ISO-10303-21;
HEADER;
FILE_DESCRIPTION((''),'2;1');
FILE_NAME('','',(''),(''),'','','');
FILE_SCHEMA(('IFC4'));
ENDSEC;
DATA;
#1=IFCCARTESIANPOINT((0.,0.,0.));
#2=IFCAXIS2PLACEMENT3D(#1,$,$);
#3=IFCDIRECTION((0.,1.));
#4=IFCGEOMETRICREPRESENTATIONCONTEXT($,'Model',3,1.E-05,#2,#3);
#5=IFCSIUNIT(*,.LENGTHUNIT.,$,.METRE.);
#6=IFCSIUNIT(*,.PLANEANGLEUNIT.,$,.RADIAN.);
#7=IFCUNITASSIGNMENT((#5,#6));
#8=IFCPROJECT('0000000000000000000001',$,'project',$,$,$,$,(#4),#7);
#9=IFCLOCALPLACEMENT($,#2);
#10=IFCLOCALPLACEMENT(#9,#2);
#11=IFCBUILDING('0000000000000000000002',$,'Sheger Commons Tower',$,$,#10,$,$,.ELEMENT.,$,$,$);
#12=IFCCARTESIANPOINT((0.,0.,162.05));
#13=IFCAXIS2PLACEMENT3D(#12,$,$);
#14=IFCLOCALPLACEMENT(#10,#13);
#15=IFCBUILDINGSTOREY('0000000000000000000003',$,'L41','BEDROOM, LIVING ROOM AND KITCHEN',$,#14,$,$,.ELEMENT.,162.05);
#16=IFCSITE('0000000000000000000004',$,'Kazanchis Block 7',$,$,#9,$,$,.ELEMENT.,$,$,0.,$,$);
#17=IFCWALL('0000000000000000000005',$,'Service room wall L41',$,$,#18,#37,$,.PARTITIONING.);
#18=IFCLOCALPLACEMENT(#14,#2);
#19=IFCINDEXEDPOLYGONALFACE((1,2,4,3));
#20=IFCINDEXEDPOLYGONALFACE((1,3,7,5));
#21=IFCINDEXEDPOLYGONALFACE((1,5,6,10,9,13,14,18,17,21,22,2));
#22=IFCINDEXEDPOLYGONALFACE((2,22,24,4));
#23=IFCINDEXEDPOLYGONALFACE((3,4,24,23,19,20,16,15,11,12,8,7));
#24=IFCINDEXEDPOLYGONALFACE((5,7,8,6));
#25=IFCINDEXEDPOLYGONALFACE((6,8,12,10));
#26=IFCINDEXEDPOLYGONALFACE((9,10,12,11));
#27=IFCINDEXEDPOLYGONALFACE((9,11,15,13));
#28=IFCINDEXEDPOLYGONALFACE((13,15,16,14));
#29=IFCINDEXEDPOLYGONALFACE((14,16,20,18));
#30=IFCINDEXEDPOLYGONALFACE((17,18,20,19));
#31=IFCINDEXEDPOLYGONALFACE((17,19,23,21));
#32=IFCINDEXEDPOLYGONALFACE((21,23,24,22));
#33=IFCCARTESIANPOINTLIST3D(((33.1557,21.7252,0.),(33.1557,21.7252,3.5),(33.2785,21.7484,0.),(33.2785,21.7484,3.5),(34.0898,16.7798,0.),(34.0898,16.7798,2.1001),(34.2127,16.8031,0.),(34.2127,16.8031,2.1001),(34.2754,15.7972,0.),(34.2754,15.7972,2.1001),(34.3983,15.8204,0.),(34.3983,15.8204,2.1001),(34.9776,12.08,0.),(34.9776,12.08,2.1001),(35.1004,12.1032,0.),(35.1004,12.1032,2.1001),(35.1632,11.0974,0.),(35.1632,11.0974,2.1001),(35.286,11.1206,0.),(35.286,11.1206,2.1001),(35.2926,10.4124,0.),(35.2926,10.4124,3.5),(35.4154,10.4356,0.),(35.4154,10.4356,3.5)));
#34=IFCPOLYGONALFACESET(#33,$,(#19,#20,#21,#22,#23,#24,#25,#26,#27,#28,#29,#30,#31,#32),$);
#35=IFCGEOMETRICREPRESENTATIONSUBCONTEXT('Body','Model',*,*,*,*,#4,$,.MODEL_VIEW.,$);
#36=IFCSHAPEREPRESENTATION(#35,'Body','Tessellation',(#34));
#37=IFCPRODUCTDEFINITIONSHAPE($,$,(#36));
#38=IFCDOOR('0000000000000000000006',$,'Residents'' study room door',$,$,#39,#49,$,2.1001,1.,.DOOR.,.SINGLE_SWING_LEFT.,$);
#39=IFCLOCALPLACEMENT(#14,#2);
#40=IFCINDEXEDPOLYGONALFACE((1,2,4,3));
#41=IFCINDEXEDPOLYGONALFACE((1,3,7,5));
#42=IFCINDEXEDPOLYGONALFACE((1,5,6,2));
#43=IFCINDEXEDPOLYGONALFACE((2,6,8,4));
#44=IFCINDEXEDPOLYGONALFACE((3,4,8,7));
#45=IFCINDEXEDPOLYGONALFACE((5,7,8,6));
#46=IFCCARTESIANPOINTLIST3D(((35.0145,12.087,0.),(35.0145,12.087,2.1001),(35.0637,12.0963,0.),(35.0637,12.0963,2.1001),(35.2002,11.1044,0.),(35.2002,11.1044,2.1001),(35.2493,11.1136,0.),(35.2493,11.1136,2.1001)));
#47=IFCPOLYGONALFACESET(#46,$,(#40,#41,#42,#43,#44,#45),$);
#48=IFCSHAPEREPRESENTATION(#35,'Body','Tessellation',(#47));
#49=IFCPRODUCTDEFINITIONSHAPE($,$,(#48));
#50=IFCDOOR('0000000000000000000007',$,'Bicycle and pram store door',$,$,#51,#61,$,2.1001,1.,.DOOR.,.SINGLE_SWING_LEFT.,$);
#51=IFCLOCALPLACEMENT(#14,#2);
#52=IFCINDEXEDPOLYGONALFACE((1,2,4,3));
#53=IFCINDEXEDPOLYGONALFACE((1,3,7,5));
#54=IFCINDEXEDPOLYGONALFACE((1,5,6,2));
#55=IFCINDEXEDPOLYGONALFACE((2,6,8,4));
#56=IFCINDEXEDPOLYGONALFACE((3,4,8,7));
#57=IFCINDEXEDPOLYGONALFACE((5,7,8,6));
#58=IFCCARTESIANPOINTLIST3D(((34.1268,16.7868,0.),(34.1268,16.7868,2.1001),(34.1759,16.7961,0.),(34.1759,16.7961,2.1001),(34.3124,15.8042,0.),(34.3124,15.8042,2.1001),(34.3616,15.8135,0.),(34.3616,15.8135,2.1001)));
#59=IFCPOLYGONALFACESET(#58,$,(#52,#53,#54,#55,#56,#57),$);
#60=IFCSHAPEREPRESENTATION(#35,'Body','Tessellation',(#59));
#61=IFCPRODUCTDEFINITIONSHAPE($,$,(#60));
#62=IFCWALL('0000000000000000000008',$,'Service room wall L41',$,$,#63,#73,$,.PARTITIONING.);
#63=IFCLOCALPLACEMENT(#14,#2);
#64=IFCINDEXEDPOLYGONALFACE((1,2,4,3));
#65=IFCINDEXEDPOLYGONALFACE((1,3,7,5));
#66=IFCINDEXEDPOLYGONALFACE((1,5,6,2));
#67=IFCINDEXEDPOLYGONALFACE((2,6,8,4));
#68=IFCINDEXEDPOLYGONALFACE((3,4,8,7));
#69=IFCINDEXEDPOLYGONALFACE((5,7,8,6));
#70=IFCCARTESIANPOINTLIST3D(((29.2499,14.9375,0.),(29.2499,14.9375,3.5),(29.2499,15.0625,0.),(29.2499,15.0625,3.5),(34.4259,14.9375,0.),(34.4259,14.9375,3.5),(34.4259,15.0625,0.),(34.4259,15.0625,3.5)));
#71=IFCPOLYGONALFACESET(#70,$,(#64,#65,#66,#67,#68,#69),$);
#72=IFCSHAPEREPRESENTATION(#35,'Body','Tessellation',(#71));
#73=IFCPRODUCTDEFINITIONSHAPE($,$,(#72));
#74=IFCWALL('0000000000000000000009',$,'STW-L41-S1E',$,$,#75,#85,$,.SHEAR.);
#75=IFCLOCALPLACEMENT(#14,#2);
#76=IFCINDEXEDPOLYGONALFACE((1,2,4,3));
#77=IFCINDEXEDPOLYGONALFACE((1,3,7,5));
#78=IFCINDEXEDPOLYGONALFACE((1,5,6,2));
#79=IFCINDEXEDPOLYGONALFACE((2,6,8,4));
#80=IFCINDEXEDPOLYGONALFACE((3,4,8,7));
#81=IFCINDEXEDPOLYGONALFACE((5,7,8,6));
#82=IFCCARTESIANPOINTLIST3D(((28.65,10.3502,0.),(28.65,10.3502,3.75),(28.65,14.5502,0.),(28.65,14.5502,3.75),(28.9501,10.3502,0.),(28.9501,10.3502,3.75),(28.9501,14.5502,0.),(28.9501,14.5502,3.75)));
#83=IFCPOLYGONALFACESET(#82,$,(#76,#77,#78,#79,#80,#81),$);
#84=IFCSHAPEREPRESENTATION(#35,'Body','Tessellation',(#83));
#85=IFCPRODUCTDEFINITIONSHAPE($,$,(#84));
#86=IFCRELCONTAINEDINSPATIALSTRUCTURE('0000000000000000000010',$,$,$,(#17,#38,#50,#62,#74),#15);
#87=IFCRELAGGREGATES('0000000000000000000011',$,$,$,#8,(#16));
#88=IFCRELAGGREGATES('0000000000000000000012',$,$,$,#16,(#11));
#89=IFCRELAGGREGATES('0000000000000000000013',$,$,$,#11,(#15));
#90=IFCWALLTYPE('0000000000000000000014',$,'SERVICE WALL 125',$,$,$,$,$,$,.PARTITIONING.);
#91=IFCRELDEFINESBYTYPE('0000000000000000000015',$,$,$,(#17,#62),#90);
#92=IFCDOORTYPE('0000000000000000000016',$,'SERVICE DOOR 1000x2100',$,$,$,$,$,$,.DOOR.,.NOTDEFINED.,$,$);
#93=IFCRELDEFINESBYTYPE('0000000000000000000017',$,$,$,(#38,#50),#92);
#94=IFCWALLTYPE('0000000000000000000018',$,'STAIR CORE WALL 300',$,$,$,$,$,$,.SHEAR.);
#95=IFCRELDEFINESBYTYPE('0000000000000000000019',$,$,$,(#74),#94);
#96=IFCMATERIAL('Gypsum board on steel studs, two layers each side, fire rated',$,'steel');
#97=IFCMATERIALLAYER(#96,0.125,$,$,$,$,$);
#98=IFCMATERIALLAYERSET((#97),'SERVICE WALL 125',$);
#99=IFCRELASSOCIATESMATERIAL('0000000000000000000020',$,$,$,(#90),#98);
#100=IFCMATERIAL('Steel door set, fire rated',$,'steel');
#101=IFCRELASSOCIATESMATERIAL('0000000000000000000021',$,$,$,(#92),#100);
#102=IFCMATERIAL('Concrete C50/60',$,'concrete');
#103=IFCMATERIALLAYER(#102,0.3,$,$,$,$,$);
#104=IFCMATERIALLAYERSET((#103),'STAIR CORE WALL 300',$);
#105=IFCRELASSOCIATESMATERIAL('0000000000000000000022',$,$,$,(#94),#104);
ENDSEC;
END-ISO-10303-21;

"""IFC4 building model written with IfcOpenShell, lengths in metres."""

from ifc_helpers import new_model, si_unit, direction, frame, frame_2d, origin, place, context, subcontext, project, spatial, rectangle, extrude, material, layer, layer_set, type_object, element, fill, save


model = new_model("IFC4")

# Units and contexts
model_context = context("Model", 3, precision=1e-05, world=origin(), true_north=direction((0.0, 1.0)))
body_context = subcontext(model_context, "Body", "Model", "MODEL_VIEW")
ifc_project = project(units=[si_unit("LENGTHUNIT", "METRE"), si_unit("PLANEANGLEUNIT", "RADIAN")], contexts=[model_context])

# Site, building, storey
site_placement = place(None, origin())
site = spatial("IfcSite", under=ifc_project, at=site_placement, Name="Kazanchis Block 7", CompositionType="ELEMENT", RefElevation=0.0)
building_placement = place(site_placement, origin())
building = spatial("IfcBuilding", under=site, at=building_placement, Name="Sheger Commons Tower", CompositionType="ELEMENT")
storey_placement = place(building_placement, frame((0.0, 0.0, 162.05)))
storey = spatial("IfcBuildingStorey", under=building, at=storey_placement, Name="L41", Description="BEDROOM, LIVING ROOM AND KITCHEN", CompositionType="ELEMENT", Elevation=162.05)

# Shared definitions
ifc_material_1 = material(Name="Gypsum board on steel studs, two layers each side, fire rated", Category="steel")
ifc_layer_1 = layer(ifc_material_1, 0.125)
ifc_layer_set_1 = layer_set([ifc_layer_1], Name="SERVICE WALL 125")
wall_type_1 = type_object("IfcWallType", Name="SERVICE WALL 125", PredefinedType="PARTITIONING", material=ifc_layer_set_1)

# Wall, openings, doors
wall_1_placement = place(storey_placement, frame((35.354, 10.4241, 0.0), z_axis=(0.0, 0.0, 1.0), x_axis=(-0.185612, 0.982623, 0.0)))
wall_1 = element("IfcWall", 1, at=wall_1_placement, inside=storey, type_object=wall_type_1, Name="Service room wall L41", PredefinedType="PARTITIONING", context=body_context, shape_type="SweptSolid", body=[
    extrude(rectangle(XDim=11.5129, YDim=0.125, at=frame_2d((5.7563, 0.0))), origin(), (0.0, 0.0, 1.0), 3.5),
])
opening_1_placement = place(wall_1_placement, frame((0.697, 0.0, 0.0)))
opening_1 = element("IfcOpeningElement", 2, at=opening_1_placement, cuts=wall_1, PredefinedType="OPENING", context=body_context, shape_type="SweptSolid", body=[
    extrude(rectangle(XDim=1.0, YDim=2.1001, at=frame_2d((0.5, 1.05))), frame((0.0, 0.0725, 0.0), z_axis=(0.0, -1.0, 0.0), x_axis=(1.0, 0.0, 0.0)), (0.0, 0.0, 1.0), 0.145),
])
opening_2_placement = place(wall_1_placement, frame((5.48, 0.0, 0.0)))
opening_2 = element("IfcOpeningElement", 3, at=opening_2_placement, cuts=wall_1, PredefinedType="OPENING", context=body_context, shape_type="SweptSolid", body=[
    extrude(rectangle(XDim=1.0, YDim=2.1001, at=frame_2d((0.5, 1.05))), frame((0.0, 0.0725, 0.0), z_axis=(0.0, -1.0, 0.0), x_axis=(1.0, 0.0, 0.0)), (0.0, 0.0, 1.0), 0.145),
])
ifc_material_2 = material(Name="Steel door set, fire rated", Category="steel")
door_type = type_object("IfcDoorType", Name="SERVICE DOOR 1000x2100", OperationType="NOTDEFINED", PredefinedType="DOOR", material=ifc_material_2)
door_1_placement = place(opening_1_placement, origin())
door_1 = element("IfcDoor", 4, at=door_1_placement, inside=storey, type_object=door_type, Name="Residents' study room door", OperationType="SINGLE_SWING_LEFT", OverallHeight=2.1001, OverallWidth=1.0, PredefinedType="DOOR", context=body_context, shape_type="SweptSolid", body=[
    extrude(rectangle(XDim=1.0, YDim=2.1001, at=frame_2d((0.5, 1.05))), frame((0.0, 0.0249, 0.0), z_axis=(0.0, -1.0, 0.0), x_axis=(1.0, 0.0, 0.0)), (0.0, 0.0, 1.0), 0.05),
])
fill(opening_1, door_1)
door_2_placement = place(opening_2_placement, origin())
door_2 = element("IfcDoor", 5, at=door_2_placement, inside=storey, type_object=door_type, Name="Bicycle and pram store door", OperationType="SINGLE_SWING_LEFT", OverallHeight=2.1001, OverallWidth=1.0, PredefinedType="DOOR", context=body_context, shape_type="SweptSolid", body=[
    extrude(rectangle(XDim=1.0, YDim=2.1001, at=frame_2d((0.5, 1.05))), frame((0.0, 0.0249, 0.0), z_axis=(0.0, -1.0, 0.0), x_axis=(1.0, 0.0, 0.0)), (0.0, 0.0, 1.0), 0.05),
])
fill(opening_2, door_2)

# Walls
wall_2_placement = place(storey_placement, frame((29.25, 15.0, 0.0), z_axis=(0.0, 0.0, 1.0), x_axis=(1.0, 0.0, 0.0)))
element("IfcWall", 6, at=wall_2_placement, inside=storey, type_object=wall_type_1, Name="Service room wall L41", PredefinedType="PARTITIONING", context=body_context, shape_type="SweptSolid", body=[
    extrude(rectangle(XDim=5.176, YDim=0.125, at=frame_2d((2.5879, 0.0))), origin(), (0.0, 0.0, 1.0), 3.5),
])
ifc_material_3 = material(Name="Concrete C50/60", Category="concrete")
ifc_layer_2 = layer(ifc_material_3, 0.3)
ifc_layer_set_2 = layer_set([ifc_layer_2], Name="STAIR CORE WALL 300")
wall_type_2 = type_object("IfcWallType", Name="STAIR CORE WALL 300", PredefinedType="SHEAR", material=ifc_layer_set_2)
wall_3_placement = place(storey_placement, frame((28.8, 10.3501, 0.0), z_axis=(0.0, 0.0, 1.0), x_axis=(0.0, 1.0, 0.0)))
element("IfcWall", 7, at=wall_3_placement, inside=storey, type_object=wall_type_2, Name="STW-L41-S1E", PredefinedType="SHEAR", context=body_context, shape_type="SweptSolid", body=[
    extrude(rectangle(XDim=4.2, YDim=0.3, at=frame_2d((2.1001, 0.0))), origin(), (0.0, 0.0, 1.0), 3.75),
])

save(model, "model.ifc")
